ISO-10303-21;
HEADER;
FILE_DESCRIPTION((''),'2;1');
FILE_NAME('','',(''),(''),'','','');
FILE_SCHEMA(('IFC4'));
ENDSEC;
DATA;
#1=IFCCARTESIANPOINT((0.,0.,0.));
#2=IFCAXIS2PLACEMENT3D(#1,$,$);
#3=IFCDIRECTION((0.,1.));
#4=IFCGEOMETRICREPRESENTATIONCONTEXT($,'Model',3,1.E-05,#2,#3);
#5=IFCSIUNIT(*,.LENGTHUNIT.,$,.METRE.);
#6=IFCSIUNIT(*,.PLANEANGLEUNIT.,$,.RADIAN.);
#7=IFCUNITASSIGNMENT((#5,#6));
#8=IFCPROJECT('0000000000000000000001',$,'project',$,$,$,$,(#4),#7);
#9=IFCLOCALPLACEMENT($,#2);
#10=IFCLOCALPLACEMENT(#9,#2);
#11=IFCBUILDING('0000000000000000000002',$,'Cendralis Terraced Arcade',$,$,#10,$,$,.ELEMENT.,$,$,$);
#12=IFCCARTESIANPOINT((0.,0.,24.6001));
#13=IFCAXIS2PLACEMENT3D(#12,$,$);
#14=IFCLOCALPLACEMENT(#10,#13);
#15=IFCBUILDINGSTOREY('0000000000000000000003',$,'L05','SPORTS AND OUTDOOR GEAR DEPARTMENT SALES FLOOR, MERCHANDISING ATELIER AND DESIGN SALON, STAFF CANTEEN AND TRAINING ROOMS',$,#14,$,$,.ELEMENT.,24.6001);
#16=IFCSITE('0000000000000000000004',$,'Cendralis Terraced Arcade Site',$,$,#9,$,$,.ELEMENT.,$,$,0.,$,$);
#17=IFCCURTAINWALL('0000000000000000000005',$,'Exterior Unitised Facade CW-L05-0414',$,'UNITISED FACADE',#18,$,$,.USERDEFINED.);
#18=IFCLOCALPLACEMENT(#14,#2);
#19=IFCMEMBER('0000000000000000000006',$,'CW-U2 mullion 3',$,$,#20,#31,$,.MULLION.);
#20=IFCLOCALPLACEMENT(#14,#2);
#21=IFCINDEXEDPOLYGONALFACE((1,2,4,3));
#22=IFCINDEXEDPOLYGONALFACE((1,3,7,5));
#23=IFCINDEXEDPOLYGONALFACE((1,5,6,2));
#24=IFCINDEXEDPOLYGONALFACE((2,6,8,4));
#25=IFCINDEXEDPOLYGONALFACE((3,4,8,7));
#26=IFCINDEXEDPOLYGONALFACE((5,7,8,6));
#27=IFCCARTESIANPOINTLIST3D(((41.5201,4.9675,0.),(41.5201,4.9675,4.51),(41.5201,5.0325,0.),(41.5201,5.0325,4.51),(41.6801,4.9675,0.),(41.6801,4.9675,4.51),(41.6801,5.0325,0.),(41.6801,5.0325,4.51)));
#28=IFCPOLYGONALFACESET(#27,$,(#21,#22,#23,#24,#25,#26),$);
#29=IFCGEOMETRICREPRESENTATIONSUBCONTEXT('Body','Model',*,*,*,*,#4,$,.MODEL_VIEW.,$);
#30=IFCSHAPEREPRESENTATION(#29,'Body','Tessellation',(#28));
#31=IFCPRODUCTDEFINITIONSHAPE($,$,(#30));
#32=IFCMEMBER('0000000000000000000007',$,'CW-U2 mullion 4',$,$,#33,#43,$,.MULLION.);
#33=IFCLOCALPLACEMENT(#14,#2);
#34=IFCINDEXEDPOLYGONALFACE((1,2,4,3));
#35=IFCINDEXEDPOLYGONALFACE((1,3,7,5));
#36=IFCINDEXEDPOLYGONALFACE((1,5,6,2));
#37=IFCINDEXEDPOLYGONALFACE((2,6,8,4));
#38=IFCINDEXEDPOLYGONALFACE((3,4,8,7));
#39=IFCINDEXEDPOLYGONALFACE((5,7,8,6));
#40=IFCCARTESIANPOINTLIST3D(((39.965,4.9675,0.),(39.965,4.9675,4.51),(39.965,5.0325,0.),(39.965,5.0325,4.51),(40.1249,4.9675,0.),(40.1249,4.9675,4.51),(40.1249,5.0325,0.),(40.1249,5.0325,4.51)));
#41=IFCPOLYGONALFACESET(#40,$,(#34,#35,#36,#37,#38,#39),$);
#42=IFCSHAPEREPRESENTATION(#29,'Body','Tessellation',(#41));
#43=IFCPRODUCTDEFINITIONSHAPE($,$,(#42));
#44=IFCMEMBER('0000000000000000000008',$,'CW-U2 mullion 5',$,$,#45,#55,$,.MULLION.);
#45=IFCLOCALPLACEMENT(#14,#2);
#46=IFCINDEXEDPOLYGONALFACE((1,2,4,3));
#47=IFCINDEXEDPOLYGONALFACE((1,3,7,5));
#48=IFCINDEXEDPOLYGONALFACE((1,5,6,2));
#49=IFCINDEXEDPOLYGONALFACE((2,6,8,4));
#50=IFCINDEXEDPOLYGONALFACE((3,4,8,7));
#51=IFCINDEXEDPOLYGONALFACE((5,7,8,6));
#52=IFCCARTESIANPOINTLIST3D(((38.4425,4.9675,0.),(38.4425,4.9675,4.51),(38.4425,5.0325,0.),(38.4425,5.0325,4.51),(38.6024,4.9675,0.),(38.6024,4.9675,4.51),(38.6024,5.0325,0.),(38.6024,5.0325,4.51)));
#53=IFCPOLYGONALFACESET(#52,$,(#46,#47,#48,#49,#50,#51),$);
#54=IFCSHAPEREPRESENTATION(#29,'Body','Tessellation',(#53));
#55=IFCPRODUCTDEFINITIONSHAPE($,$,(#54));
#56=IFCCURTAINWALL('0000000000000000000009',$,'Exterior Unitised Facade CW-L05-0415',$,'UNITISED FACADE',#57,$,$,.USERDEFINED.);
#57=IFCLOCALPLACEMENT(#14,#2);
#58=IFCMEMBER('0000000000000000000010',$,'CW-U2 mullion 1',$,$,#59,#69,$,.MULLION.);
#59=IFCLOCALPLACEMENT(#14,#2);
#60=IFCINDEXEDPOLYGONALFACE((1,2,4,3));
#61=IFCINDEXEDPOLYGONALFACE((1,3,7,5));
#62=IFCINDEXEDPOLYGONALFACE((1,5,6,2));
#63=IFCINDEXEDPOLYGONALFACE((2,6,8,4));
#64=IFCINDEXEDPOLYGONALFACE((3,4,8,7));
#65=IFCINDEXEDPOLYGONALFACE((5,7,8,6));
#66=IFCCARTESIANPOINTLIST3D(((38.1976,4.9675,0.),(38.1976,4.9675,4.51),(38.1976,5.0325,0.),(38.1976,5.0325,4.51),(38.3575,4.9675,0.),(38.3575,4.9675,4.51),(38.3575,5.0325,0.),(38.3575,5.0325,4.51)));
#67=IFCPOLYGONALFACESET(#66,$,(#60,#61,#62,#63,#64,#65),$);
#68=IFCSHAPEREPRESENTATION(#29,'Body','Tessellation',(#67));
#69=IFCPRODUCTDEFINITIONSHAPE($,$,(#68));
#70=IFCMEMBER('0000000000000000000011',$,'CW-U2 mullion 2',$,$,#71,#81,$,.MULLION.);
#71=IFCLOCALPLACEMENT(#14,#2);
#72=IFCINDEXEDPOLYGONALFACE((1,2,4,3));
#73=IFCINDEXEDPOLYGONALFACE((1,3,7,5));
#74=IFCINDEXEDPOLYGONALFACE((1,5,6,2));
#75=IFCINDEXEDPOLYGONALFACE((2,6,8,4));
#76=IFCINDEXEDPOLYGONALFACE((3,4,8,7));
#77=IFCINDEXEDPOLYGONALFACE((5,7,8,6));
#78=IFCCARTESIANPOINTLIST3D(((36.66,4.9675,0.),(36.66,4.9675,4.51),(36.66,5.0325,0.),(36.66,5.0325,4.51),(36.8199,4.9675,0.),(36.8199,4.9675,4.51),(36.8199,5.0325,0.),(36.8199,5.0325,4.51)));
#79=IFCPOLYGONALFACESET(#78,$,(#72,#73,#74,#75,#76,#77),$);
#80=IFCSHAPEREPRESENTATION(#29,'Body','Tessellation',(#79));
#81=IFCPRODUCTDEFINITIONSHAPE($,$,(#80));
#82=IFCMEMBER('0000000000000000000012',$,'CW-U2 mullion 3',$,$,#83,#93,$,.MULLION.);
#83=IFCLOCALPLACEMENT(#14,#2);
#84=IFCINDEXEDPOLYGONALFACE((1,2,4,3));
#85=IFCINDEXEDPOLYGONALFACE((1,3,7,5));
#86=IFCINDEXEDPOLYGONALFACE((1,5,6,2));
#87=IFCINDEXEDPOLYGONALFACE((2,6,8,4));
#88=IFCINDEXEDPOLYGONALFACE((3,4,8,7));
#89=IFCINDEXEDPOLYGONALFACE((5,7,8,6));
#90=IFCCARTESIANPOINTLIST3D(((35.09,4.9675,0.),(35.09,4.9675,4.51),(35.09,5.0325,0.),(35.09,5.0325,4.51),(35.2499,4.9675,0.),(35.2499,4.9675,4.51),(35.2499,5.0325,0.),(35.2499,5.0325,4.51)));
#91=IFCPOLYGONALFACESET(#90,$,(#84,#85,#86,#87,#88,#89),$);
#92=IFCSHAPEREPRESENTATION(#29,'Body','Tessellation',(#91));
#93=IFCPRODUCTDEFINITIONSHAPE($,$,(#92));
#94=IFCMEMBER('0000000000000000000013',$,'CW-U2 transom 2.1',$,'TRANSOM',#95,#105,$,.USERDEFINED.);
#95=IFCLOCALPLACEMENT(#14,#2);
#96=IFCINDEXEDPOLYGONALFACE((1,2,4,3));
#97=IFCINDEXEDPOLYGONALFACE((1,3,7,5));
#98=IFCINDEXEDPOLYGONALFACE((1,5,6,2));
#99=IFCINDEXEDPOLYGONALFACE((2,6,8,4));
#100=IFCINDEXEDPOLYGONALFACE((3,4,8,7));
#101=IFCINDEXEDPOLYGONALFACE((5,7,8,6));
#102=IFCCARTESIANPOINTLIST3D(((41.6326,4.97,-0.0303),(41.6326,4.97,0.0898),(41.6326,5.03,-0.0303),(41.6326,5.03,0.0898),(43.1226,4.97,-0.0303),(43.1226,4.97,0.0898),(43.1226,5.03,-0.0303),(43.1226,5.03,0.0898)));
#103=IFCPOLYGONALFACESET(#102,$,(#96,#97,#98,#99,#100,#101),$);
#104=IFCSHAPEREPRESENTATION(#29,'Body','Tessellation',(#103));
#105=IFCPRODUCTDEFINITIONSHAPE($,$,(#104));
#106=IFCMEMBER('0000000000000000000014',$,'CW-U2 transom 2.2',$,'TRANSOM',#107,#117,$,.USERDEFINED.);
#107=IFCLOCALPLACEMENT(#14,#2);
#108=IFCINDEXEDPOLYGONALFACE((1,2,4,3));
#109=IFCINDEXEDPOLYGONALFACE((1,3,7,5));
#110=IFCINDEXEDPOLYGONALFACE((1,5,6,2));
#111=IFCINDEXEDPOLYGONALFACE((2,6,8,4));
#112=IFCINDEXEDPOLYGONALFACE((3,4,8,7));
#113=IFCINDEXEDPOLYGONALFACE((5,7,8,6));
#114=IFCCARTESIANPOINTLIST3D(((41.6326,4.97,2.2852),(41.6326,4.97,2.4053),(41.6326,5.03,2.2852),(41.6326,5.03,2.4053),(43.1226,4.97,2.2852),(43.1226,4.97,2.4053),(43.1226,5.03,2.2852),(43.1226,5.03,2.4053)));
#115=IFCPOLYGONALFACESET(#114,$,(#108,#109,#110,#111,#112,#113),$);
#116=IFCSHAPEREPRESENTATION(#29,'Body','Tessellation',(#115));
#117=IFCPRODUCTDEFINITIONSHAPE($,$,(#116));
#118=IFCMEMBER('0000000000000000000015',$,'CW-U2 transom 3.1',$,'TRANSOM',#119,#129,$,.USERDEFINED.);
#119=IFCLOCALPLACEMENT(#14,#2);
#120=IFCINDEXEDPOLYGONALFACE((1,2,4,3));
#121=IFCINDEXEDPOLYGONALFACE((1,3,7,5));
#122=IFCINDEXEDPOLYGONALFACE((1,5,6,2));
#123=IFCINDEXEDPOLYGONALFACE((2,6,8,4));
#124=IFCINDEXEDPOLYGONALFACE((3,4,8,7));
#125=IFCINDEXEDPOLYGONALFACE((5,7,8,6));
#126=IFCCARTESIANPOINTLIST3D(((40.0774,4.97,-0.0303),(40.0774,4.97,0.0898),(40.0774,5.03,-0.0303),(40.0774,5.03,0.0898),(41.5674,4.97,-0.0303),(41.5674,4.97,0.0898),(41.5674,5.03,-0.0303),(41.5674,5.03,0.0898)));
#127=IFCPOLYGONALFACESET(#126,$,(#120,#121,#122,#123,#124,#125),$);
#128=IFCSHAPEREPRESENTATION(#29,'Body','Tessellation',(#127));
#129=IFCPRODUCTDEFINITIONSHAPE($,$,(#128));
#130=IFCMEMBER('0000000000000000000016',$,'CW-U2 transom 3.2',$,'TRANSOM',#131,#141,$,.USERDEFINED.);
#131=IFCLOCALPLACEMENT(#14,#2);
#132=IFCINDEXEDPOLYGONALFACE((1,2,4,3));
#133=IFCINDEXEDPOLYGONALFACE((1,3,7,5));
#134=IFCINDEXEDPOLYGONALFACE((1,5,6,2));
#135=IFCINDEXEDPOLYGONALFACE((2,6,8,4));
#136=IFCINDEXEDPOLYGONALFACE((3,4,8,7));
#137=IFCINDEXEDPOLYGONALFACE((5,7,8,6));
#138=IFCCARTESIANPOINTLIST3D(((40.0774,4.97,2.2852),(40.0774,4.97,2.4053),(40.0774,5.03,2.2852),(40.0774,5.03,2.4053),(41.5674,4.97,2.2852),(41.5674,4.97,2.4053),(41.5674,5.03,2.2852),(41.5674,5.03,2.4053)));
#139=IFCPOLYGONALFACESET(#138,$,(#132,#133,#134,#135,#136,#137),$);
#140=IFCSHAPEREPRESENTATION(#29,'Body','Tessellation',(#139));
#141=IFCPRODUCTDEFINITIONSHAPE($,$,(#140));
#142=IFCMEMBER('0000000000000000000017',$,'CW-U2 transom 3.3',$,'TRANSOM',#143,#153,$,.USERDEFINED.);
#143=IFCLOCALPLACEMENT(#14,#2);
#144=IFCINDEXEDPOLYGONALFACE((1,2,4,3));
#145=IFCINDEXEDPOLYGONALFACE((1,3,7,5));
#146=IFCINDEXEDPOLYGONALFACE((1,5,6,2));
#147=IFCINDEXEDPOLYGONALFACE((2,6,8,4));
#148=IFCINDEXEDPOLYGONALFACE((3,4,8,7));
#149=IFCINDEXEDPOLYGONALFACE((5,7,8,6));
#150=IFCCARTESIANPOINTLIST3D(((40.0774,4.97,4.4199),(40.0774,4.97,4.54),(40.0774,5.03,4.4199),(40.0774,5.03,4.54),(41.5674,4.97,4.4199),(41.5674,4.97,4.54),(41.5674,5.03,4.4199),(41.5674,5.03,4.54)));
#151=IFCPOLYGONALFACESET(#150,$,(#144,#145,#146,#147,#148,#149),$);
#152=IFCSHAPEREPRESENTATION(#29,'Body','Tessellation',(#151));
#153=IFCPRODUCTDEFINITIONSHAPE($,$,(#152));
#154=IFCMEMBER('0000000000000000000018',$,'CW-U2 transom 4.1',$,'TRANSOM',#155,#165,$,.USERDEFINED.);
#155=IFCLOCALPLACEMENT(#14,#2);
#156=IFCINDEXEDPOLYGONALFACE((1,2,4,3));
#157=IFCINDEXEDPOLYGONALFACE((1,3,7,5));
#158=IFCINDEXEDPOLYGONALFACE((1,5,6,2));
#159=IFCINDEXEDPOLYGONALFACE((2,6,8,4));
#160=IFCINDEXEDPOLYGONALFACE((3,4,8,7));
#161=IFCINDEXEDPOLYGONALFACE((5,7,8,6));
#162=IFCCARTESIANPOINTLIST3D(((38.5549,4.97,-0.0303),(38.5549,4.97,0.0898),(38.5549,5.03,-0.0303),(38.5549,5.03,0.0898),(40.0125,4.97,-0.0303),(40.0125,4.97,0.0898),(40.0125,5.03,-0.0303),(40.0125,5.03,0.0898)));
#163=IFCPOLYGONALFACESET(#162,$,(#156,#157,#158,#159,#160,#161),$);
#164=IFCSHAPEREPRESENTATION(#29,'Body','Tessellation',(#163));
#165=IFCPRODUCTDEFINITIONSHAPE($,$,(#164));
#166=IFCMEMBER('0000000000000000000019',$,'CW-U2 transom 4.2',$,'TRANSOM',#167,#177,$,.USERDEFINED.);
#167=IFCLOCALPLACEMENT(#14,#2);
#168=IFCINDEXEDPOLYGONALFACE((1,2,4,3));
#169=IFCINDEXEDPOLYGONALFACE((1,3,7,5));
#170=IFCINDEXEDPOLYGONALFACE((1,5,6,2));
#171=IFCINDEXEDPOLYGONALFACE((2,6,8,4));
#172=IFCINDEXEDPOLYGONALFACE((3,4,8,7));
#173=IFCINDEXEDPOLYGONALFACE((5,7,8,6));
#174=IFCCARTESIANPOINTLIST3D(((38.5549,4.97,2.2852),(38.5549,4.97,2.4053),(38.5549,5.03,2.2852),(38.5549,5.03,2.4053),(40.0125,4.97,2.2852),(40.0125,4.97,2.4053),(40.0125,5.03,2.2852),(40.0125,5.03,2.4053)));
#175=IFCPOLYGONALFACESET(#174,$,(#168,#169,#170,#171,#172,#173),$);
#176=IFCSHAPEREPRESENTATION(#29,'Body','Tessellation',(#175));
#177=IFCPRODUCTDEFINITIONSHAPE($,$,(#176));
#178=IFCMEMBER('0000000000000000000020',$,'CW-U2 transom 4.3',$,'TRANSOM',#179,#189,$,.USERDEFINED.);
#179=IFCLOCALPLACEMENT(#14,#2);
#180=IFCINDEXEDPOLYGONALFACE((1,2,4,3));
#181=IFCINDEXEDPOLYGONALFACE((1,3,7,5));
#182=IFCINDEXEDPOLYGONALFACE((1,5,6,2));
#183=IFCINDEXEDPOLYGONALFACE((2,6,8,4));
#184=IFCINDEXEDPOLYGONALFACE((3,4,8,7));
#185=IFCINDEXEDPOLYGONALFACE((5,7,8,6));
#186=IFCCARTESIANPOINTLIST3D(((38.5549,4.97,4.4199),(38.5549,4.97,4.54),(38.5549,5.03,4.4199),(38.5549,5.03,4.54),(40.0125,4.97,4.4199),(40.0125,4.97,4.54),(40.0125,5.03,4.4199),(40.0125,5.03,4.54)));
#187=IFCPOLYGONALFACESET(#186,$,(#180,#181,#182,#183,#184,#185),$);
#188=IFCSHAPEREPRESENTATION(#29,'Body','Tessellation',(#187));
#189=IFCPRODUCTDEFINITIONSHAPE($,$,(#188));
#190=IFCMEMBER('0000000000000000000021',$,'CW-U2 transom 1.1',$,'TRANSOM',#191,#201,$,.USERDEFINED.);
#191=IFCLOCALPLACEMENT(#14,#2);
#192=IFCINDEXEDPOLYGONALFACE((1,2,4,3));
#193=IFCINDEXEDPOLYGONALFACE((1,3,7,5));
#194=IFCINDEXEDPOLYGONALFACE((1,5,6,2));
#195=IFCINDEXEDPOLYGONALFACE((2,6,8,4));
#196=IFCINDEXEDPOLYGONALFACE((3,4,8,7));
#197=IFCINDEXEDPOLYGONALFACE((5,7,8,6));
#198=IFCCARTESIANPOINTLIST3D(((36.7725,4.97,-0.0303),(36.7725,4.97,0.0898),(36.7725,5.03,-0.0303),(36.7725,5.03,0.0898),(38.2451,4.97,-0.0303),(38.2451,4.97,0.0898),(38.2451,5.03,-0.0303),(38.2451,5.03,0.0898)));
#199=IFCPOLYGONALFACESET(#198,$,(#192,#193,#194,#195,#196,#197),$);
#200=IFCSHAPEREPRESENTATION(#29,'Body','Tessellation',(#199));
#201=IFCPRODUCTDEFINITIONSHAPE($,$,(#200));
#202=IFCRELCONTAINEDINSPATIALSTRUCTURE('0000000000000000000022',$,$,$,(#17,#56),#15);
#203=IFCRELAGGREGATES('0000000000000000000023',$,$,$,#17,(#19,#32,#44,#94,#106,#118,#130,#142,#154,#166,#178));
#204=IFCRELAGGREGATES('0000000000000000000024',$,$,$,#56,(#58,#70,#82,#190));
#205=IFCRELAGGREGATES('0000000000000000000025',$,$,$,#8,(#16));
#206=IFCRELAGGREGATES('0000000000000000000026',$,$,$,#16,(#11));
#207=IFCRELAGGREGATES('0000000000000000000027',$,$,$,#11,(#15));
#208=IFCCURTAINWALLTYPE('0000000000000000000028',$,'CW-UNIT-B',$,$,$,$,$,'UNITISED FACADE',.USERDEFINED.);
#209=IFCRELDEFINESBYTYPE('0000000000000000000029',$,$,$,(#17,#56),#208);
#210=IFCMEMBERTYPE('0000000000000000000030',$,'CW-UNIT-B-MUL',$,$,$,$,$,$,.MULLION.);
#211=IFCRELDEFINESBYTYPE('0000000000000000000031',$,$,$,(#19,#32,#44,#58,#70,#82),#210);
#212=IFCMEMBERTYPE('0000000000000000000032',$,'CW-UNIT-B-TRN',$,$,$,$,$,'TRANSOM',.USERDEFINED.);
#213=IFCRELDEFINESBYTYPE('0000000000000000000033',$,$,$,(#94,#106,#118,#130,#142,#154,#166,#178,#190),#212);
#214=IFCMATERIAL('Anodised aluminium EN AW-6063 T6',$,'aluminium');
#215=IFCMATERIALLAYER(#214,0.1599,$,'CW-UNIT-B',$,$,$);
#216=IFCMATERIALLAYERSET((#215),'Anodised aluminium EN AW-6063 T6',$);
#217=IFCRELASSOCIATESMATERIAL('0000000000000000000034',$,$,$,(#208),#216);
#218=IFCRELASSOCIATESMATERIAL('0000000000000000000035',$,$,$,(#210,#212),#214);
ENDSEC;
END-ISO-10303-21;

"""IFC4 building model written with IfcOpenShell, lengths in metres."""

from ifc_helpers import new_model, si_unit, direction, frame, origin, origin_2d, place, context, subcontext, project, spatial, rectangle, extrude, material, layer, layer_set, material_profile, profile_set, type_object, element, aggregate, save


model = new_model("IFC4")

# Units and contexts
model_context = context("Model", 3, precision=1e-05, world=origin(), true_north=direction((0.0, 1.0)))
body_context = subcontext(model_context, "Body", "Model", "MODEL_VIEW")
ifc_project = project(units=[si_unit("LENGTHUNIT", "METRE"), si_unit("PLANEANGLEUNIT", "RADIAN")], contexts=[model_context])

# Site, building, storey
site_placement = place(None, origin())
site = spatial("IfcSite", under=ifc_project, at=site_placement, Name="Cendralis Terraced Arcade Site", CompositionType="ELEMENT", RefElevation=0.0)
building_placement = place(site_placement, origin())
building = spatial("IfcBuilding", under=site, at=building_placement, Name="Cendralis Terraced Arcade", CompositionType="ELEMENT")
storey_placement = place(building_placement, frame((0.0, 0.0, 24.6001)))
storey = spatial("IfcBuildingStorey", under=building, at=storey_placement, Name="L05", Description="SPORTS AND OUTDOOR GEAR DEPARTMENT SALES FLOOR, MERCHANDISING ATELIER AND DESIGN SALON, STAFF CANTEEN AND TRAINING ROOMS", CompositionType="ELEMENT", Elevation=24.6001)

# Curtain walls, members
ifc_material_1 = material(Name="Anodised aluminium EN AW-6063 T6", Category="aluminium")
ifc_layer_1 = layer(ifc_material_1, 0.1599, Name="CW-UNIT-B")
ifc_layer_set_1 = layer_set([ifc_layer_1], Name="Anodised aluminium EN AW-6063 T6")
curtain_wall_type = type_object("IfcCurtainWallType", Name="CW-UNIT-B", ElementType="UNITISED FACADE", PredefinedType="USERDEFINED", material=ifc_layer_set_1)
curtain_wall_1_placement = place(storey_placement, origin())
curtain_wall_1 = element("IfcCurtainWall", 1, at=curtain_wall_1_placement, inside=storey, type_object=curtain_wall_type, Name="Exterior Unitised Facade CW-L05-0414", ObjectType="UNITISED FACADE", PredefinedType="USERDEFINED")
ifc_material_profile_1 = material_profile(ifc_material_1, rectangle(XDim=0.0649, YDim=0.1599, at=origin_2d()), Name="ALU-MUL-65x160")
ifc_profile_set_1 = profile_set([ifc_material_profile_1], Name="Anodised aluminium EN AW-6063 T6")
member_type_1 = type_object("IfcMemberType", Name="CW-UNIT-B-MUL", PredefinedType="MULLION", material=ifc_profile_set_1)
member_1_placement = place(storey_placement, frame((41.6001, 5.0, 0.0), z_axis=(0.0, 0.0, 1.0), x_axis=(0.0, -1.0, 0.0)))
member_1 = element("IfcMember", 2, at=member_1_placement, type_object=member_type_1, Name="CW-U2 mullion 3", PredefinedType="MULLION", context=body_context, shape_type="SweptSolid", body=[
    extrude(rectangle(XDim=0.0649, YDim=0.1599, at=origin_2d()), origin(), (0.0, 0.0, 1.0), 4.51),
])
member_2_placement = place(storey_placement, frame((40.0449, 5.0, 0.0), z_axis=(0.0, 0.0, 1.0), x_axis=(0.0, -1.0, 0.0)))
member_2 = element("IfcMember", 3, at=member_2_placement, type_object=member_type_1, Name="CW-U2 mullion 4", PredefinedType="MULLION", context=body_context, shape_type="SweptSolid", body=[
    extrude(rectangle(XDim=0.0649, YDim=0.1599, at=origin_2d()), origin(), (0.0, 0.0, 1.0), 4.51),
])
member_3_placement = place(storey_placement, frame((38.5225, 5.0, 0.0), z_axis=(0.0, 0.0, 1.0), x_axis=(0.0, -1.0, 0.0)))
member_3 = element("IfcMember", 4, at=member_3_placement, type_object=member_type_1, Name="CW-U2 mullion 5", PredefinedType="MULLION", context=body_context, shape_type="SweptSolid", body=[
    extrude(rectangle(XDim=0.0649, YDim=0.1599, at=origin_2d()), origin(), (0.0, 0.0, 1.0), 4.51),
])
curtain_wall_2_placement = place(storey_placement, origin())
curtain_wall_2 = element("IfcCurtainWall", 5, at=curtain_wall_2_placement, inside=storey, type_object=curtain_wall_type, Name="Exterior Unitised Facade CW-L05-0415", ObjectType="UNITISED FACADE", PredefinedType="USERDEFINED")
member_4_placement = place(storey_placement, frame((38.2776, 5.0, 0.0), z_axis=(0.0, 0.0, 1.0), x_axis=(0.0, -1.0, 0.0)))
member_4 = element("IfcMember", 6, at=member_4_placement, type_object=member_type_1, Name="CW-U2 mullion 1", PredefinedType="MULLION", context=body_context, shape_type="SweptSolid", body=[
    extrude(rectangle(XDim=0.0649, YDim=0.1599, at=origin_2d()), origin(), (0.0, 0.0, 1.0), 4.51),
])
member_5_placement = place(storey_placement, frame((36.74, 5.0, 0.0), z_axis=(0.0, 0.0, 1.0), x_axis=(0.0, -1.0, 0.0)))
member_5 = element("IfcMember", 7, at=member_5_placement, type_object=member_type_1, Name="CW-U2 mullion 2", PredefinedType="MULLION", context=body_context, shape_type="SweptSolid", body=[
    extrude(rectangle(XDim=0.0649, YDim=0.1599, at=origin_2d()), origin(), (0.0, 0.0, 1.0), 4.51),
])
member_6_placement = place(storey_placement, frame((35.1699, 5.0, 0.0), z_axis=(0.0, 0.0, 1.0), x_axis=(0.0, -1.0, 0.0)))
member_6 = element("IfcMember", 8, at=member_6_placement, type_object=member_type_1, Name="CW-U2 mullion 3", PredefinedType="MULLION", context=body_context, shape_type="SweptSolid", body=[
    extrude(rectangle(XDim=0.0649, YDim=0.1599, at=origin_2d()), origin(), (0.0, 0.0, 1.0), 4.51),
])

# Members
ifc_material_profile_2 = material_profile(ifc_material_1, rectangle(XDim=0.0601, YDim=0.1201, at=origin_2d()), Name="ALU-TRN-60x120")
ifc_profile_set_2 = profile_set([ifc_material_profile_2], Name="Anodised aluminium EN AW-6063 T6")
member_type_2 = type_object("IfcMemberType", Name="CW-UNIT-B-TRN", ElementType="TRANSOM", PredefinedType="USERDEFINED", material=ifc_profile_set_2)
member_7_placement = place(storey_placement, frame((43.1226, 5.0, 0.0298), z_axis=(-1.0, 0.0, 0.0), x_axis=(0.0, -1.0, 0.0)))
member_7 = element("IfcMember", 9, at=member_7_placement, type_object=member_type_2, Name="CW-U2 transom 2.1", ObjectType="TRANSOM", PredefinedType="USERDEFINED", context=body_context, shape_type="SweptSolid", body=[
    extrude(rectangle(XDim=0.0601, YDim=0.1201, at=origin_2d()), origin(), (0.0, 0.0, 1.0), 1.49),
])
member_8_placement = place(storey_placement, frame((43.1226, 5.0, 2.3452), z_axis=(-1.0, 0.0, 0.0), x_axis=(0.0, -1.0, 0.0)))
member_8 = element("IfcMember", 10, at=member_8_placement, type_object=member_type_2, Name="CW-U2 transom 2.2", ObjectType="TRANSOM", PredefinedType="USERDEFINED", context=body_context, shape_type="SweptSolid", body=[
    extrude(rectangle(XDim=0.0601, YDim=0.1201, at=origin_2d()), origin(), (0.0, 0.0, 1.0), 1.49),
])
member_9_placement = place(storey_placement, frame((41.5674, 5.0, 0.0298), z_axis=(-1.0, 0.0, 0.0), x_axis=(0.0, -1.0, 0.0)))
member_9 = element("IfcMember", 11, at=member_9_placement, type_object=member_type_2, Name="CW-U2 transom 3.1", ObjectType="TRANSOM", PredefinedType="USERDEFINED", context=body_context, shape_type="SweptSolid", body=[
    extrude(rectangle(XDim=0.0601, YDim=0.1201, at=origin_2d()), origin(), (0.0, 0.0, 1.0), 1.49),
])
member_10_placement = place(storey_placement, frame((41.5674, 5.0, 2.3452), z_axis=(-1.0, 0.0, 0.0), x_axis=(0.0, -1.0, 0.0)))
member_10 = element("IfcMember", 12, at=member_10_placement, type_object=member_type_2, Name="CW-U2 transom 3.2", ObjectType="TRANSOM", PredefinedType="USERDEFINED", context=body_context, shape_type="SweptSolid", body=[
    extrude(rectangle(XDim=0.0601, YDim=0.1201, at=origin_2d()), origin(), (0.0, 0.0, 1.0), 1.49),
])
member_11_placement = place(storey_placement, frame((41.5674, 5.0, 4.48), z_axis=(-1.0, 0.0, 0.0), x_axis=(0.0, -1.0, 0.0)))
member_11 = element("IfcMember", 13, at=member_11_placement, type_object=member_type_2, Name="CW-U2 transom 3.3", ObjectType="TRANSOM", PredefinedType="USERDEFINED", context=body_context, shape_type="SweptSolid", body=[
    extrude(rectangle(XDim=0.0601, YDim=0.1201, at=origin_2d()), origin(), (0.0, 0.0, 1.0), 1.49),
])
member_12_placement = place(storey_placement, frame((40.0125, 5.0, 0.0298), z_axis=(-1.0, 0.0, 0.0), x_axis=(0.0, -1.0, 0.0)))
member_12 = element("IfcMember", 14, at=member_12_placement, type_object=member_type_2, Name="CW-U2 transom 4.1", ObjectType="TRANSOM", PredefinedType="USERDEFINED", context=body_context, shape_type="SweptSolid", body=[
    extrude(rectangle(XDim=0.0601, YDim=0.1201, at=origin_2d()), origin(), (0.0, 0.0, 1.0), 1.4575),
])
member_13_placement = place(storey_placement, frame((40.0125, 5.0, 2.3452), z_axis=(-1.0, 0.0, 0.0), x_axis=(0.0, -1.0, 0.0)))
member_13 = element("IfcMember", 15, at=member_13_placement, type_object=member_type_2, Name="CW-U2 transom 4.2", ObjectType="TRANSOM", PredefinedType="USERDEFINED", context=body_context, shape_type="SweptSolid", body=[
    extrude(rectangle(XDim=0.0601, YDim=0.1201, at=origin_2d()), origin(), (0.0, 0.0, 1.0), 1.4575),
])
member_14_placement = place(storey_placement, frame((40.0125, 5.0, 4.48), z_axis=(-1.0, 0.0, 0.0), x_axis=(0.0, -1.0, 0.0)))
member_14 = element("IfcMember", 16, at=member_14_placement, type_object=member_type_2, Name="CW-U2 transom 4.3", ObjectType="TRANSOM", PredefinedType="USERDEFINED", context=body_context, shape_type="SweptSolid", body=[
    extrude(rectangle(XDim=0.0601, YDim=0.1201, at=origin_2d()), origin(), (0.0, 0.0, 1.0), 1.4575),
])
member_15_placement = place(storey_placement, frame((38.2451, 5.0, 0.0298), z_axis=(-1.0, 0.0, 0.0), x_axis=(0.0, -1.0, 0.0)))
member_15 = element("IfcMember", 17, at=member_15_placement, type_object=member_type_2, Name="CW-U2 transom 1.1", ObjectType="TRANSOM", PredefinedType="USERDEFINED", context=body_context, shape_type="SweptSolid", body=[
    extrude(rectangle(XDim=0.0601, YDim=0.1201, at=origin_2d()), origin(), (0.0, 0.0, 1.0), 1.4727),
])

aggregate(curtain_wall_1, [member_1, member_2, member_3, member_7, member_8, member_9, member_10, member_11, member_12, member_13, member_14])
aggregate(curtain_wall_2, [member_4, member_5, member_6, member_15])

save(model, "model.ifc")
